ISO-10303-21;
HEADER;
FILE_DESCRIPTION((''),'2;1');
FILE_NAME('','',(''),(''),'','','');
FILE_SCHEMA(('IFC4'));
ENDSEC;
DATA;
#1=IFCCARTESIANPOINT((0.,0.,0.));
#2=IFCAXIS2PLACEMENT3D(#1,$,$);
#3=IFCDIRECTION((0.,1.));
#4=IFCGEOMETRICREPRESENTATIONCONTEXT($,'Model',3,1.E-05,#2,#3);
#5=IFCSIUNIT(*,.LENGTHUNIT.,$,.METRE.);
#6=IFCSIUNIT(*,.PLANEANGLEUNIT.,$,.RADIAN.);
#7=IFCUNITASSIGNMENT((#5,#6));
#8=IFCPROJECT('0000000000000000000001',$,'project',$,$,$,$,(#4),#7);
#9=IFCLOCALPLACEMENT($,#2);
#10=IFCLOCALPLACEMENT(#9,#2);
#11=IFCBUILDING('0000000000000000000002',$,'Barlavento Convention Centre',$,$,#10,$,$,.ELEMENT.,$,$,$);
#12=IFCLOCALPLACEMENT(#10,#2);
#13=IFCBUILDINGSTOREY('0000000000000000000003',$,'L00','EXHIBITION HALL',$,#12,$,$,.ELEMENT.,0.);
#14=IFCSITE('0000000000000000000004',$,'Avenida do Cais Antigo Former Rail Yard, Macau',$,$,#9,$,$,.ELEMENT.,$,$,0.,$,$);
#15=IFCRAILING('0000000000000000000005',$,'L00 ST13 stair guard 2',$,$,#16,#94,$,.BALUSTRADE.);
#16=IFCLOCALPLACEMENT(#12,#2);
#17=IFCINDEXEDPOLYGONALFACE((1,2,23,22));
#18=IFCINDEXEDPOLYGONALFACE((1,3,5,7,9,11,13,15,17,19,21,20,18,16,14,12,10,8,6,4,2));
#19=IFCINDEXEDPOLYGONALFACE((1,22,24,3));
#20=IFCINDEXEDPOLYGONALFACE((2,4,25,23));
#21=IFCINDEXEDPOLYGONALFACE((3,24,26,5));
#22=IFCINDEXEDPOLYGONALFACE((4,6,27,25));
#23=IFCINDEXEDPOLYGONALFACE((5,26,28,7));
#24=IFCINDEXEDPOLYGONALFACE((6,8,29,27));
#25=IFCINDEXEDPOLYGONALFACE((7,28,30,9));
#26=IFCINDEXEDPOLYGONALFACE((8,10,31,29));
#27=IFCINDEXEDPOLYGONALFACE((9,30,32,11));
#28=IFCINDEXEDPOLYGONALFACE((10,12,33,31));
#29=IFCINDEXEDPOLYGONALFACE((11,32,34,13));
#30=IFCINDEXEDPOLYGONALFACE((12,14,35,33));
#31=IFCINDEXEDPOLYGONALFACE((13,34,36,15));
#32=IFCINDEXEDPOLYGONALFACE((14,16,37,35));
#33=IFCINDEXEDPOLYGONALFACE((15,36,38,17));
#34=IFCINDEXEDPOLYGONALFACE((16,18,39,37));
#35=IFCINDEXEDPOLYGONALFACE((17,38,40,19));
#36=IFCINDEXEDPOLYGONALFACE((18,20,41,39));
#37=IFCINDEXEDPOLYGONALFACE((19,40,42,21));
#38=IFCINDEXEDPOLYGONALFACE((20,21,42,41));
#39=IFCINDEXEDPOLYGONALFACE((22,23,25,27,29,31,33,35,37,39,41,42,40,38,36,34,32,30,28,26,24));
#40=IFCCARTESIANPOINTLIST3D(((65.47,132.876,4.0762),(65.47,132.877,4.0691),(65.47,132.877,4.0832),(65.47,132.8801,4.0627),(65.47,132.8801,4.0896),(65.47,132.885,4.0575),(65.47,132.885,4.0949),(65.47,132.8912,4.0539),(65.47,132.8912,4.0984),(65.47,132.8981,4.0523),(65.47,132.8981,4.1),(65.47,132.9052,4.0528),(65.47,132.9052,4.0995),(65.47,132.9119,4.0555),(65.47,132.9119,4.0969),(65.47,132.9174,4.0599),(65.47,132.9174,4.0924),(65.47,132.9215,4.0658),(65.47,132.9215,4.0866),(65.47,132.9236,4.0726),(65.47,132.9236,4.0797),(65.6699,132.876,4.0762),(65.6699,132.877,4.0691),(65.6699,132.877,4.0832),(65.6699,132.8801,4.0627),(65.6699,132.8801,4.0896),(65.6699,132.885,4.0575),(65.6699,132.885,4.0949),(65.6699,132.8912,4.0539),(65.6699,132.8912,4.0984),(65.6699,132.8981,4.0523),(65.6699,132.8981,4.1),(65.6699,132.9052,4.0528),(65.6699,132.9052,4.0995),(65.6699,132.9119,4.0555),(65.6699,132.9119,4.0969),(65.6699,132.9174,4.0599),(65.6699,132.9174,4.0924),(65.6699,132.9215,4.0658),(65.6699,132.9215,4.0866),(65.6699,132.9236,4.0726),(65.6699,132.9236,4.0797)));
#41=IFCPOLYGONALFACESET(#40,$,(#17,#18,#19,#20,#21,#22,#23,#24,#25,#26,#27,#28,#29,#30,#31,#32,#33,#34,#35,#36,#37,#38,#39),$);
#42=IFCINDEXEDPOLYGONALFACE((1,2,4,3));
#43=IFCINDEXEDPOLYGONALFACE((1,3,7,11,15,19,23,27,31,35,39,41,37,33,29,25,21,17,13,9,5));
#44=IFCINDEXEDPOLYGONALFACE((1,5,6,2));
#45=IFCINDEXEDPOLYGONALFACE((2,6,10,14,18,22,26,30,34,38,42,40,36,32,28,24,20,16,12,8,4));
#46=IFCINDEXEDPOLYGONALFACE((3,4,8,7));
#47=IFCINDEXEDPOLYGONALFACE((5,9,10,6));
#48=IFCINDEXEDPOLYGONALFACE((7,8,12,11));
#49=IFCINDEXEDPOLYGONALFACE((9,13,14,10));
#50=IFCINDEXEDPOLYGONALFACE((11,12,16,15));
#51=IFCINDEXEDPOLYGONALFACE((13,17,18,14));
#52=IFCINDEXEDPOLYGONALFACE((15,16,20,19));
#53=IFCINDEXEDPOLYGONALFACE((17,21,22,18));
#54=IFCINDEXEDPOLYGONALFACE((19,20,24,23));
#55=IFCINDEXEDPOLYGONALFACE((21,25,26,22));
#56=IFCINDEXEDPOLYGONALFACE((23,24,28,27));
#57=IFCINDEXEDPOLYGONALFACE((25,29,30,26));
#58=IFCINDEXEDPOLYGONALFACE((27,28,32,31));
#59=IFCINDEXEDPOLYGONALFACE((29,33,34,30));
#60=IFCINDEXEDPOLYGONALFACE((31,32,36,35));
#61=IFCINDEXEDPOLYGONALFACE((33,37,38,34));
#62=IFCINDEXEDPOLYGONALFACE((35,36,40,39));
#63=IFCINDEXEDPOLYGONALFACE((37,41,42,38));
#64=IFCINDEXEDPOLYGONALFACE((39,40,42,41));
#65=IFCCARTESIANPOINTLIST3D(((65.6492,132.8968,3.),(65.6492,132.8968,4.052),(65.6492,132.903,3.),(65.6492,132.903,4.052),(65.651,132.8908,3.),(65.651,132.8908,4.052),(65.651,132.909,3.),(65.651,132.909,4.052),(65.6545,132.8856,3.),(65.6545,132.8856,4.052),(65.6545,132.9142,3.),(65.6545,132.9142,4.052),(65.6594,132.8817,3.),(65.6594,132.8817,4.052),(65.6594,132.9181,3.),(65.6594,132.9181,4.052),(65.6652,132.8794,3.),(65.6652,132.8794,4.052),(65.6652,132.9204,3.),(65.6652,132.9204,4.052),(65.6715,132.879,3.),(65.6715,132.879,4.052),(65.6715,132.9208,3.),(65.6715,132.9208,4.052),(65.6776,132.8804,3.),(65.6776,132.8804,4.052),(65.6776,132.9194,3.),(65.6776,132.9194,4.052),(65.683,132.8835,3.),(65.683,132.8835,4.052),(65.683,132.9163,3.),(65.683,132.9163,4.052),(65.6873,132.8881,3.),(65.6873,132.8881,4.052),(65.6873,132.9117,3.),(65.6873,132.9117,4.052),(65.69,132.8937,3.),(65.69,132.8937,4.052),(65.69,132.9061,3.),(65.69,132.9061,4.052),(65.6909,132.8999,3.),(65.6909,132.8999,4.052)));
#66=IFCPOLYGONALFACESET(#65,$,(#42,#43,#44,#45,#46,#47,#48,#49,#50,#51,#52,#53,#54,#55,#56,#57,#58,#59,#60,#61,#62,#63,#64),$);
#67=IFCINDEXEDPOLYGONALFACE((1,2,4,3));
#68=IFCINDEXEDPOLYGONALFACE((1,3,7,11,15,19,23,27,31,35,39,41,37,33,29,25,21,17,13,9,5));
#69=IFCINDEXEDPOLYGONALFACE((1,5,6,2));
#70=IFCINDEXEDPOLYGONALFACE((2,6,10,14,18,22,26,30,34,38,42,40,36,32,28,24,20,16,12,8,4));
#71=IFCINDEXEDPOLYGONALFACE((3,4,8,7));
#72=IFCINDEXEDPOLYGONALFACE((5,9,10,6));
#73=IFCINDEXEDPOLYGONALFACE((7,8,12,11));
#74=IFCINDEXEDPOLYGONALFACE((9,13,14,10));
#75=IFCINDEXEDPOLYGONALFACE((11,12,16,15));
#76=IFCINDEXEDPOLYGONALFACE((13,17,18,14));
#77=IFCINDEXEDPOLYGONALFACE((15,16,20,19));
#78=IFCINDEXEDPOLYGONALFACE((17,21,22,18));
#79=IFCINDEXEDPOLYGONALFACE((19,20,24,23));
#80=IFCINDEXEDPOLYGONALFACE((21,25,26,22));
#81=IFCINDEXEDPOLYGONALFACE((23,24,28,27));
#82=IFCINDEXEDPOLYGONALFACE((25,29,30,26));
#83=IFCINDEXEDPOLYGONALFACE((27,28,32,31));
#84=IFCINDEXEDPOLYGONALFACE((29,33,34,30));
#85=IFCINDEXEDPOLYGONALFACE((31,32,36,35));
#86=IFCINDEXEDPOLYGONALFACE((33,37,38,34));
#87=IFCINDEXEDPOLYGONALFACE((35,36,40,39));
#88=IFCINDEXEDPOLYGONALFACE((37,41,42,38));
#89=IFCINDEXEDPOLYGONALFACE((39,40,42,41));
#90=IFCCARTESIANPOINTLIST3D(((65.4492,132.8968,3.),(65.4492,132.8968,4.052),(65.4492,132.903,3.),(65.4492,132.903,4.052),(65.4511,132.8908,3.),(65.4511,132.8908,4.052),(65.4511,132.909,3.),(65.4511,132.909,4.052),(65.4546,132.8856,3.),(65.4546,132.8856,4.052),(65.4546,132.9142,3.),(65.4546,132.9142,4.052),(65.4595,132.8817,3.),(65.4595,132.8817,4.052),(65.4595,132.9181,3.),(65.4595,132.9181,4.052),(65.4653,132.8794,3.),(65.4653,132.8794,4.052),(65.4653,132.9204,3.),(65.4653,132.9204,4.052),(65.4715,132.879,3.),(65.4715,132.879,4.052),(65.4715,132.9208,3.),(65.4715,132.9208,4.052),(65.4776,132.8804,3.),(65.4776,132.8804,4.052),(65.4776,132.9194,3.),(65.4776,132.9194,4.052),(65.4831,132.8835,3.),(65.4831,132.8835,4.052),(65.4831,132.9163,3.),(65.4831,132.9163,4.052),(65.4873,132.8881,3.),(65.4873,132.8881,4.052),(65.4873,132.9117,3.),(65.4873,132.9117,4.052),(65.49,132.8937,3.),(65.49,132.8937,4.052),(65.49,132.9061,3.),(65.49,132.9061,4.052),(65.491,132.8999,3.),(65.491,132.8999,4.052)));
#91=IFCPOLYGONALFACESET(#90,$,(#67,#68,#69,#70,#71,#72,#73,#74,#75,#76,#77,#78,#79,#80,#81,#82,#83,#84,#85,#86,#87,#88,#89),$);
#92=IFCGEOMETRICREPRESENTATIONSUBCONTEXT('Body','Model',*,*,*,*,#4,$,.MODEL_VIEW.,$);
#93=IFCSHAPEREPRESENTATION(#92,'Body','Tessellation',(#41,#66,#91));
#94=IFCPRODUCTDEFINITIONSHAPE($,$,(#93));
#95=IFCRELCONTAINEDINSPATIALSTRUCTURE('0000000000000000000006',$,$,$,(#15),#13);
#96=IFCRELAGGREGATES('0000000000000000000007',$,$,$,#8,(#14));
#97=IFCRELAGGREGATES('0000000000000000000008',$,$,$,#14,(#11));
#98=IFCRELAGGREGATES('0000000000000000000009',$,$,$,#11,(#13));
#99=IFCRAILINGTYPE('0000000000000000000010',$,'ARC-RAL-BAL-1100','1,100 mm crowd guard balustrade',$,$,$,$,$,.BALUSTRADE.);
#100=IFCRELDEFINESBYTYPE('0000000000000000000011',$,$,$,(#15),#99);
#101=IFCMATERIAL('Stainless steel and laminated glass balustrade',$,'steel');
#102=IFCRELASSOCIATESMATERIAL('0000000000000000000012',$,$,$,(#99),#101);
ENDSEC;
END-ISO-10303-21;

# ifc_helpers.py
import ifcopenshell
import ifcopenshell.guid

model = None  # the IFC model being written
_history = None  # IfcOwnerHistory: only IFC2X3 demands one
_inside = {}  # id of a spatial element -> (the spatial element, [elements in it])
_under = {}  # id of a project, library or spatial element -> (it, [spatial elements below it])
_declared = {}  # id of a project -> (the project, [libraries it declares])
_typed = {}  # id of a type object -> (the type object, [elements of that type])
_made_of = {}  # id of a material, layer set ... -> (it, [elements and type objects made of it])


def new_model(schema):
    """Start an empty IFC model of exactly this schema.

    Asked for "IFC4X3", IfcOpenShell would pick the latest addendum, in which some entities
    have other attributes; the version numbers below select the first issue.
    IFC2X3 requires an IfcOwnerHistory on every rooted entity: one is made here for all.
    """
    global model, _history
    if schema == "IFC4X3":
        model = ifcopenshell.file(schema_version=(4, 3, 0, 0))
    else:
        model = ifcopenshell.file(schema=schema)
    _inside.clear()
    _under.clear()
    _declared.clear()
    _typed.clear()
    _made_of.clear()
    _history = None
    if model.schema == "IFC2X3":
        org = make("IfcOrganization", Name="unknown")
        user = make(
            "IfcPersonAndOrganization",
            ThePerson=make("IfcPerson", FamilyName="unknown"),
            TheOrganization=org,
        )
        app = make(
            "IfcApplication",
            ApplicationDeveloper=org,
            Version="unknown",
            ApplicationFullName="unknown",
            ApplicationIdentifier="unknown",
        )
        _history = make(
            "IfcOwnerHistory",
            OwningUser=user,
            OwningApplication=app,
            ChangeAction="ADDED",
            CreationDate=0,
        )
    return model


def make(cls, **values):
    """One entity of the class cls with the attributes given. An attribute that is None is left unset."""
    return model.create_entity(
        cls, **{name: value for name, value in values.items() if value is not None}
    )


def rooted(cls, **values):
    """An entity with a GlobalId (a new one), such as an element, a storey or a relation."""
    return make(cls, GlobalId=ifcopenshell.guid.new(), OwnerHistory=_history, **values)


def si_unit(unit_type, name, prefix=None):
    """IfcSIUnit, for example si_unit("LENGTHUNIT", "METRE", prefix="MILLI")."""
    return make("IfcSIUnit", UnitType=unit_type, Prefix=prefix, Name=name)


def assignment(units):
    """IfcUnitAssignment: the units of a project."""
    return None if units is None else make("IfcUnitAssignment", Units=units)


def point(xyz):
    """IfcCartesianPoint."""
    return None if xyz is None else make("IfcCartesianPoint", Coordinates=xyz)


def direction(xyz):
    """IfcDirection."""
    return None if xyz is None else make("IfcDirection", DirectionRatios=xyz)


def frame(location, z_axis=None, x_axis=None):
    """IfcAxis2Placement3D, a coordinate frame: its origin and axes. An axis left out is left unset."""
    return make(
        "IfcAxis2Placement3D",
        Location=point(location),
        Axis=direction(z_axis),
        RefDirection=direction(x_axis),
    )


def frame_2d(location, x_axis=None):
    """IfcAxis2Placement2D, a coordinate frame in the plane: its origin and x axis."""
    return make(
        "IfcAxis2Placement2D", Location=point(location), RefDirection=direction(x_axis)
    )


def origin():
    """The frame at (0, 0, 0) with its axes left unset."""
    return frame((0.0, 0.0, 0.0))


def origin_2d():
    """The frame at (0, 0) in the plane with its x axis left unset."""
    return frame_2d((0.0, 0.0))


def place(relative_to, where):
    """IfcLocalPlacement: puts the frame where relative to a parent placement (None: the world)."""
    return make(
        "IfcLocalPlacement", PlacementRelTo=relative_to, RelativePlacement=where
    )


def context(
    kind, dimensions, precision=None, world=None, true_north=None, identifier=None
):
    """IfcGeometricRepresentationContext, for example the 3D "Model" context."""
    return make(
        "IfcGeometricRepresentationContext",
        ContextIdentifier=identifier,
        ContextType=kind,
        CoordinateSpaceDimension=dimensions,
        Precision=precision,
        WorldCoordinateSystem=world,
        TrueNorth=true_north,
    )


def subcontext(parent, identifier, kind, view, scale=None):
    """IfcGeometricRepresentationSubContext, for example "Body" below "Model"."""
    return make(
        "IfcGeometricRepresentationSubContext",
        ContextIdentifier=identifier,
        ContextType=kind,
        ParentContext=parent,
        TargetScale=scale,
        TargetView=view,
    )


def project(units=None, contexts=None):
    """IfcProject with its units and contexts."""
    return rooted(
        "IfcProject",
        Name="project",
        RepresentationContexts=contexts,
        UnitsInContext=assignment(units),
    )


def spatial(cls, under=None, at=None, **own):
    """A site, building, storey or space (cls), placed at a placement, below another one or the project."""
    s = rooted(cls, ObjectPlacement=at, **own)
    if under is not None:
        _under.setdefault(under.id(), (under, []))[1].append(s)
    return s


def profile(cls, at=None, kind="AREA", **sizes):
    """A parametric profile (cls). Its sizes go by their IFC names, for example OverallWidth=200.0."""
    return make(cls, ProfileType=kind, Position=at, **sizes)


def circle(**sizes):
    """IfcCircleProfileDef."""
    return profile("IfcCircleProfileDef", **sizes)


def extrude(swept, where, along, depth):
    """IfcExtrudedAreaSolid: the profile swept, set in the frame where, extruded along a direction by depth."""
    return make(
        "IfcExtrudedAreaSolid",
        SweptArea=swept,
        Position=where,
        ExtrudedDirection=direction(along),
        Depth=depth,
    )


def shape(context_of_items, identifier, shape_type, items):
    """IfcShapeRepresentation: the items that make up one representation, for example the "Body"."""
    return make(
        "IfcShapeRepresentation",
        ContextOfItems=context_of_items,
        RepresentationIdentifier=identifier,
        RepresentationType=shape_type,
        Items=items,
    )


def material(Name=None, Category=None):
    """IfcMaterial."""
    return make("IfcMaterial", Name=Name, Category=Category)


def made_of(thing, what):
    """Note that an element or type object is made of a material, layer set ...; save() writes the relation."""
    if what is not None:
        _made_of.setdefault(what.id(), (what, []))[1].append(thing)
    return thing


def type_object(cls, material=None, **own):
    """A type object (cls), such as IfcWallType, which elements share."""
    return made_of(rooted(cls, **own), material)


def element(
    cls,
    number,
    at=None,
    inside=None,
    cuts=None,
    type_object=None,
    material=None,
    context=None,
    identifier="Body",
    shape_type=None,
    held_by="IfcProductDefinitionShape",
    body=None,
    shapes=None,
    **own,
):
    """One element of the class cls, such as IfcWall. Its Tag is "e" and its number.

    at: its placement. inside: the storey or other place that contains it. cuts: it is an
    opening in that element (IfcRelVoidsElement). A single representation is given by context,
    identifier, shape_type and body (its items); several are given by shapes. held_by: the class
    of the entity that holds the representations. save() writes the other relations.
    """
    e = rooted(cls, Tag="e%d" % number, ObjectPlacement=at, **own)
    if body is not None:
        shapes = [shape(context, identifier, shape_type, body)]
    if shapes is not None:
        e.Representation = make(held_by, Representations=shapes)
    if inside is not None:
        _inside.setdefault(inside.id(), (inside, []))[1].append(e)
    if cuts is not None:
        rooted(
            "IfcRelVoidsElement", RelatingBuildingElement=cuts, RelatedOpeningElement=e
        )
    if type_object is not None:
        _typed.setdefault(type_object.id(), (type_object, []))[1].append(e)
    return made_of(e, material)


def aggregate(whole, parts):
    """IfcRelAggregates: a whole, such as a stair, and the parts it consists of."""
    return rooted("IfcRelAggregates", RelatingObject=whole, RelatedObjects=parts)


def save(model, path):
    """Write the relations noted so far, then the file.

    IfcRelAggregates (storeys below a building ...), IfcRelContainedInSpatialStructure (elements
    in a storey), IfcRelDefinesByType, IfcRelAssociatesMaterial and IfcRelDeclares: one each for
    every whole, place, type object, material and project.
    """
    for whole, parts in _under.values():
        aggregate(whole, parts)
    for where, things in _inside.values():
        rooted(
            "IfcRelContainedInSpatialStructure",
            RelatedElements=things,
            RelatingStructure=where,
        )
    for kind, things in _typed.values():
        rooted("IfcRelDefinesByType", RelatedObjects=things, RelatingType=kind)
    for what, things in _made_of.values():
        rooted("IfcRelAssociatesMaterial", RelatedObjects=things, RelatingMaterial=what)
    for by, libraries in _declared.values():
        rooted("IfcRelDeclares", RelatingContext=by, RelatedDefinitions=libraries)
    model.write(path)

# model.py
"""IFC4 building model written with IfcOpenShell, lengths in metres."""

from ifc_helpers import new_model, si_unit, direction, frame, origin, origin_2d, place, context, subcontext, project, spatial, circle, extrude, material, type_object, element, save


model = new_model("IFC4")

# Units and contexts
model_context = context("Model", 3, precision=1e-05, world=origin(), true_north=direction((0.0, 1.0)))
body_context = subcontext(model_context, "Body", "Model", "MODEL_VIEW")
ifc_project = project(units=[si_unit("LENGTHUNIT", "METRE"), si_unit("PLANEANGLEUNIT", "RADIAN")], contexts=[model_context])

# Site, building, storey
site_placement = place(None, origin())
site = spatial("IfcSite", under=ifc_project, at=site_placement, Name="Avenida do Cais Antigo Former Rail Yard, Macau", CompositionType="ELEMENT", RefElevation=0.0)
building_placement = place(site_placement, origin())
building = spatial("IfcBuilding", under=site, at=building_placement, Name="Barlavento Convention Centre", CompositionType="ELEMENT")
storey_placement = place(building_placement, origin())
storey = spatial("IfcBuildingStorey", under=building, at=storey_placement, Name="L00", Description="EXHIBITION HALL", CompositionType="ELEMENT", Elevation=0.0)

# Railing
ifc_material_1 = material(Name="Stainless steel and laminated glass balustrade", Category="steel")
railing_type_1 = type_object("IfcRailingType", Name="ARC-RAL-BAL-1100", Description="1,100 mm crowd guard balustrade", PredefinedType="BALUSTRADE", material=ifc_material_1)
railing_1_placement = place(storey_placement, frame((65.6699, 132.8999, 3.0)))
element("IfcRailing", 1, at=railing_1_placement, inside=storey, type_object=railing_type_1, Name="L00 ST13 stair guard 2", PredefinedType="BALUSTRADE", context=body_context, shape_type="SweptSolid", body=[
    extrude(circle(Radius=0.0239, at=origin_2d()), frame((0.0, 0.0, 1.0762), z_axis=(-1.0, 0.0, 0.0), x_axis=(0.0, -1.0, 0.0)), (0.0, 0.0, 1.0), 0.2),
    extrude(circle(Radius=0.021, at=origin_2d()), origin(), (0.0, 0.0, 1.0), 1.052),
    extrude(circle(Radius=0.021, at=origin_2d()), frame((-0.2, 0.0, 0.0)), (0.0, 0.0, 1.0), 1.052),
])

save(model, "model.ifc")
